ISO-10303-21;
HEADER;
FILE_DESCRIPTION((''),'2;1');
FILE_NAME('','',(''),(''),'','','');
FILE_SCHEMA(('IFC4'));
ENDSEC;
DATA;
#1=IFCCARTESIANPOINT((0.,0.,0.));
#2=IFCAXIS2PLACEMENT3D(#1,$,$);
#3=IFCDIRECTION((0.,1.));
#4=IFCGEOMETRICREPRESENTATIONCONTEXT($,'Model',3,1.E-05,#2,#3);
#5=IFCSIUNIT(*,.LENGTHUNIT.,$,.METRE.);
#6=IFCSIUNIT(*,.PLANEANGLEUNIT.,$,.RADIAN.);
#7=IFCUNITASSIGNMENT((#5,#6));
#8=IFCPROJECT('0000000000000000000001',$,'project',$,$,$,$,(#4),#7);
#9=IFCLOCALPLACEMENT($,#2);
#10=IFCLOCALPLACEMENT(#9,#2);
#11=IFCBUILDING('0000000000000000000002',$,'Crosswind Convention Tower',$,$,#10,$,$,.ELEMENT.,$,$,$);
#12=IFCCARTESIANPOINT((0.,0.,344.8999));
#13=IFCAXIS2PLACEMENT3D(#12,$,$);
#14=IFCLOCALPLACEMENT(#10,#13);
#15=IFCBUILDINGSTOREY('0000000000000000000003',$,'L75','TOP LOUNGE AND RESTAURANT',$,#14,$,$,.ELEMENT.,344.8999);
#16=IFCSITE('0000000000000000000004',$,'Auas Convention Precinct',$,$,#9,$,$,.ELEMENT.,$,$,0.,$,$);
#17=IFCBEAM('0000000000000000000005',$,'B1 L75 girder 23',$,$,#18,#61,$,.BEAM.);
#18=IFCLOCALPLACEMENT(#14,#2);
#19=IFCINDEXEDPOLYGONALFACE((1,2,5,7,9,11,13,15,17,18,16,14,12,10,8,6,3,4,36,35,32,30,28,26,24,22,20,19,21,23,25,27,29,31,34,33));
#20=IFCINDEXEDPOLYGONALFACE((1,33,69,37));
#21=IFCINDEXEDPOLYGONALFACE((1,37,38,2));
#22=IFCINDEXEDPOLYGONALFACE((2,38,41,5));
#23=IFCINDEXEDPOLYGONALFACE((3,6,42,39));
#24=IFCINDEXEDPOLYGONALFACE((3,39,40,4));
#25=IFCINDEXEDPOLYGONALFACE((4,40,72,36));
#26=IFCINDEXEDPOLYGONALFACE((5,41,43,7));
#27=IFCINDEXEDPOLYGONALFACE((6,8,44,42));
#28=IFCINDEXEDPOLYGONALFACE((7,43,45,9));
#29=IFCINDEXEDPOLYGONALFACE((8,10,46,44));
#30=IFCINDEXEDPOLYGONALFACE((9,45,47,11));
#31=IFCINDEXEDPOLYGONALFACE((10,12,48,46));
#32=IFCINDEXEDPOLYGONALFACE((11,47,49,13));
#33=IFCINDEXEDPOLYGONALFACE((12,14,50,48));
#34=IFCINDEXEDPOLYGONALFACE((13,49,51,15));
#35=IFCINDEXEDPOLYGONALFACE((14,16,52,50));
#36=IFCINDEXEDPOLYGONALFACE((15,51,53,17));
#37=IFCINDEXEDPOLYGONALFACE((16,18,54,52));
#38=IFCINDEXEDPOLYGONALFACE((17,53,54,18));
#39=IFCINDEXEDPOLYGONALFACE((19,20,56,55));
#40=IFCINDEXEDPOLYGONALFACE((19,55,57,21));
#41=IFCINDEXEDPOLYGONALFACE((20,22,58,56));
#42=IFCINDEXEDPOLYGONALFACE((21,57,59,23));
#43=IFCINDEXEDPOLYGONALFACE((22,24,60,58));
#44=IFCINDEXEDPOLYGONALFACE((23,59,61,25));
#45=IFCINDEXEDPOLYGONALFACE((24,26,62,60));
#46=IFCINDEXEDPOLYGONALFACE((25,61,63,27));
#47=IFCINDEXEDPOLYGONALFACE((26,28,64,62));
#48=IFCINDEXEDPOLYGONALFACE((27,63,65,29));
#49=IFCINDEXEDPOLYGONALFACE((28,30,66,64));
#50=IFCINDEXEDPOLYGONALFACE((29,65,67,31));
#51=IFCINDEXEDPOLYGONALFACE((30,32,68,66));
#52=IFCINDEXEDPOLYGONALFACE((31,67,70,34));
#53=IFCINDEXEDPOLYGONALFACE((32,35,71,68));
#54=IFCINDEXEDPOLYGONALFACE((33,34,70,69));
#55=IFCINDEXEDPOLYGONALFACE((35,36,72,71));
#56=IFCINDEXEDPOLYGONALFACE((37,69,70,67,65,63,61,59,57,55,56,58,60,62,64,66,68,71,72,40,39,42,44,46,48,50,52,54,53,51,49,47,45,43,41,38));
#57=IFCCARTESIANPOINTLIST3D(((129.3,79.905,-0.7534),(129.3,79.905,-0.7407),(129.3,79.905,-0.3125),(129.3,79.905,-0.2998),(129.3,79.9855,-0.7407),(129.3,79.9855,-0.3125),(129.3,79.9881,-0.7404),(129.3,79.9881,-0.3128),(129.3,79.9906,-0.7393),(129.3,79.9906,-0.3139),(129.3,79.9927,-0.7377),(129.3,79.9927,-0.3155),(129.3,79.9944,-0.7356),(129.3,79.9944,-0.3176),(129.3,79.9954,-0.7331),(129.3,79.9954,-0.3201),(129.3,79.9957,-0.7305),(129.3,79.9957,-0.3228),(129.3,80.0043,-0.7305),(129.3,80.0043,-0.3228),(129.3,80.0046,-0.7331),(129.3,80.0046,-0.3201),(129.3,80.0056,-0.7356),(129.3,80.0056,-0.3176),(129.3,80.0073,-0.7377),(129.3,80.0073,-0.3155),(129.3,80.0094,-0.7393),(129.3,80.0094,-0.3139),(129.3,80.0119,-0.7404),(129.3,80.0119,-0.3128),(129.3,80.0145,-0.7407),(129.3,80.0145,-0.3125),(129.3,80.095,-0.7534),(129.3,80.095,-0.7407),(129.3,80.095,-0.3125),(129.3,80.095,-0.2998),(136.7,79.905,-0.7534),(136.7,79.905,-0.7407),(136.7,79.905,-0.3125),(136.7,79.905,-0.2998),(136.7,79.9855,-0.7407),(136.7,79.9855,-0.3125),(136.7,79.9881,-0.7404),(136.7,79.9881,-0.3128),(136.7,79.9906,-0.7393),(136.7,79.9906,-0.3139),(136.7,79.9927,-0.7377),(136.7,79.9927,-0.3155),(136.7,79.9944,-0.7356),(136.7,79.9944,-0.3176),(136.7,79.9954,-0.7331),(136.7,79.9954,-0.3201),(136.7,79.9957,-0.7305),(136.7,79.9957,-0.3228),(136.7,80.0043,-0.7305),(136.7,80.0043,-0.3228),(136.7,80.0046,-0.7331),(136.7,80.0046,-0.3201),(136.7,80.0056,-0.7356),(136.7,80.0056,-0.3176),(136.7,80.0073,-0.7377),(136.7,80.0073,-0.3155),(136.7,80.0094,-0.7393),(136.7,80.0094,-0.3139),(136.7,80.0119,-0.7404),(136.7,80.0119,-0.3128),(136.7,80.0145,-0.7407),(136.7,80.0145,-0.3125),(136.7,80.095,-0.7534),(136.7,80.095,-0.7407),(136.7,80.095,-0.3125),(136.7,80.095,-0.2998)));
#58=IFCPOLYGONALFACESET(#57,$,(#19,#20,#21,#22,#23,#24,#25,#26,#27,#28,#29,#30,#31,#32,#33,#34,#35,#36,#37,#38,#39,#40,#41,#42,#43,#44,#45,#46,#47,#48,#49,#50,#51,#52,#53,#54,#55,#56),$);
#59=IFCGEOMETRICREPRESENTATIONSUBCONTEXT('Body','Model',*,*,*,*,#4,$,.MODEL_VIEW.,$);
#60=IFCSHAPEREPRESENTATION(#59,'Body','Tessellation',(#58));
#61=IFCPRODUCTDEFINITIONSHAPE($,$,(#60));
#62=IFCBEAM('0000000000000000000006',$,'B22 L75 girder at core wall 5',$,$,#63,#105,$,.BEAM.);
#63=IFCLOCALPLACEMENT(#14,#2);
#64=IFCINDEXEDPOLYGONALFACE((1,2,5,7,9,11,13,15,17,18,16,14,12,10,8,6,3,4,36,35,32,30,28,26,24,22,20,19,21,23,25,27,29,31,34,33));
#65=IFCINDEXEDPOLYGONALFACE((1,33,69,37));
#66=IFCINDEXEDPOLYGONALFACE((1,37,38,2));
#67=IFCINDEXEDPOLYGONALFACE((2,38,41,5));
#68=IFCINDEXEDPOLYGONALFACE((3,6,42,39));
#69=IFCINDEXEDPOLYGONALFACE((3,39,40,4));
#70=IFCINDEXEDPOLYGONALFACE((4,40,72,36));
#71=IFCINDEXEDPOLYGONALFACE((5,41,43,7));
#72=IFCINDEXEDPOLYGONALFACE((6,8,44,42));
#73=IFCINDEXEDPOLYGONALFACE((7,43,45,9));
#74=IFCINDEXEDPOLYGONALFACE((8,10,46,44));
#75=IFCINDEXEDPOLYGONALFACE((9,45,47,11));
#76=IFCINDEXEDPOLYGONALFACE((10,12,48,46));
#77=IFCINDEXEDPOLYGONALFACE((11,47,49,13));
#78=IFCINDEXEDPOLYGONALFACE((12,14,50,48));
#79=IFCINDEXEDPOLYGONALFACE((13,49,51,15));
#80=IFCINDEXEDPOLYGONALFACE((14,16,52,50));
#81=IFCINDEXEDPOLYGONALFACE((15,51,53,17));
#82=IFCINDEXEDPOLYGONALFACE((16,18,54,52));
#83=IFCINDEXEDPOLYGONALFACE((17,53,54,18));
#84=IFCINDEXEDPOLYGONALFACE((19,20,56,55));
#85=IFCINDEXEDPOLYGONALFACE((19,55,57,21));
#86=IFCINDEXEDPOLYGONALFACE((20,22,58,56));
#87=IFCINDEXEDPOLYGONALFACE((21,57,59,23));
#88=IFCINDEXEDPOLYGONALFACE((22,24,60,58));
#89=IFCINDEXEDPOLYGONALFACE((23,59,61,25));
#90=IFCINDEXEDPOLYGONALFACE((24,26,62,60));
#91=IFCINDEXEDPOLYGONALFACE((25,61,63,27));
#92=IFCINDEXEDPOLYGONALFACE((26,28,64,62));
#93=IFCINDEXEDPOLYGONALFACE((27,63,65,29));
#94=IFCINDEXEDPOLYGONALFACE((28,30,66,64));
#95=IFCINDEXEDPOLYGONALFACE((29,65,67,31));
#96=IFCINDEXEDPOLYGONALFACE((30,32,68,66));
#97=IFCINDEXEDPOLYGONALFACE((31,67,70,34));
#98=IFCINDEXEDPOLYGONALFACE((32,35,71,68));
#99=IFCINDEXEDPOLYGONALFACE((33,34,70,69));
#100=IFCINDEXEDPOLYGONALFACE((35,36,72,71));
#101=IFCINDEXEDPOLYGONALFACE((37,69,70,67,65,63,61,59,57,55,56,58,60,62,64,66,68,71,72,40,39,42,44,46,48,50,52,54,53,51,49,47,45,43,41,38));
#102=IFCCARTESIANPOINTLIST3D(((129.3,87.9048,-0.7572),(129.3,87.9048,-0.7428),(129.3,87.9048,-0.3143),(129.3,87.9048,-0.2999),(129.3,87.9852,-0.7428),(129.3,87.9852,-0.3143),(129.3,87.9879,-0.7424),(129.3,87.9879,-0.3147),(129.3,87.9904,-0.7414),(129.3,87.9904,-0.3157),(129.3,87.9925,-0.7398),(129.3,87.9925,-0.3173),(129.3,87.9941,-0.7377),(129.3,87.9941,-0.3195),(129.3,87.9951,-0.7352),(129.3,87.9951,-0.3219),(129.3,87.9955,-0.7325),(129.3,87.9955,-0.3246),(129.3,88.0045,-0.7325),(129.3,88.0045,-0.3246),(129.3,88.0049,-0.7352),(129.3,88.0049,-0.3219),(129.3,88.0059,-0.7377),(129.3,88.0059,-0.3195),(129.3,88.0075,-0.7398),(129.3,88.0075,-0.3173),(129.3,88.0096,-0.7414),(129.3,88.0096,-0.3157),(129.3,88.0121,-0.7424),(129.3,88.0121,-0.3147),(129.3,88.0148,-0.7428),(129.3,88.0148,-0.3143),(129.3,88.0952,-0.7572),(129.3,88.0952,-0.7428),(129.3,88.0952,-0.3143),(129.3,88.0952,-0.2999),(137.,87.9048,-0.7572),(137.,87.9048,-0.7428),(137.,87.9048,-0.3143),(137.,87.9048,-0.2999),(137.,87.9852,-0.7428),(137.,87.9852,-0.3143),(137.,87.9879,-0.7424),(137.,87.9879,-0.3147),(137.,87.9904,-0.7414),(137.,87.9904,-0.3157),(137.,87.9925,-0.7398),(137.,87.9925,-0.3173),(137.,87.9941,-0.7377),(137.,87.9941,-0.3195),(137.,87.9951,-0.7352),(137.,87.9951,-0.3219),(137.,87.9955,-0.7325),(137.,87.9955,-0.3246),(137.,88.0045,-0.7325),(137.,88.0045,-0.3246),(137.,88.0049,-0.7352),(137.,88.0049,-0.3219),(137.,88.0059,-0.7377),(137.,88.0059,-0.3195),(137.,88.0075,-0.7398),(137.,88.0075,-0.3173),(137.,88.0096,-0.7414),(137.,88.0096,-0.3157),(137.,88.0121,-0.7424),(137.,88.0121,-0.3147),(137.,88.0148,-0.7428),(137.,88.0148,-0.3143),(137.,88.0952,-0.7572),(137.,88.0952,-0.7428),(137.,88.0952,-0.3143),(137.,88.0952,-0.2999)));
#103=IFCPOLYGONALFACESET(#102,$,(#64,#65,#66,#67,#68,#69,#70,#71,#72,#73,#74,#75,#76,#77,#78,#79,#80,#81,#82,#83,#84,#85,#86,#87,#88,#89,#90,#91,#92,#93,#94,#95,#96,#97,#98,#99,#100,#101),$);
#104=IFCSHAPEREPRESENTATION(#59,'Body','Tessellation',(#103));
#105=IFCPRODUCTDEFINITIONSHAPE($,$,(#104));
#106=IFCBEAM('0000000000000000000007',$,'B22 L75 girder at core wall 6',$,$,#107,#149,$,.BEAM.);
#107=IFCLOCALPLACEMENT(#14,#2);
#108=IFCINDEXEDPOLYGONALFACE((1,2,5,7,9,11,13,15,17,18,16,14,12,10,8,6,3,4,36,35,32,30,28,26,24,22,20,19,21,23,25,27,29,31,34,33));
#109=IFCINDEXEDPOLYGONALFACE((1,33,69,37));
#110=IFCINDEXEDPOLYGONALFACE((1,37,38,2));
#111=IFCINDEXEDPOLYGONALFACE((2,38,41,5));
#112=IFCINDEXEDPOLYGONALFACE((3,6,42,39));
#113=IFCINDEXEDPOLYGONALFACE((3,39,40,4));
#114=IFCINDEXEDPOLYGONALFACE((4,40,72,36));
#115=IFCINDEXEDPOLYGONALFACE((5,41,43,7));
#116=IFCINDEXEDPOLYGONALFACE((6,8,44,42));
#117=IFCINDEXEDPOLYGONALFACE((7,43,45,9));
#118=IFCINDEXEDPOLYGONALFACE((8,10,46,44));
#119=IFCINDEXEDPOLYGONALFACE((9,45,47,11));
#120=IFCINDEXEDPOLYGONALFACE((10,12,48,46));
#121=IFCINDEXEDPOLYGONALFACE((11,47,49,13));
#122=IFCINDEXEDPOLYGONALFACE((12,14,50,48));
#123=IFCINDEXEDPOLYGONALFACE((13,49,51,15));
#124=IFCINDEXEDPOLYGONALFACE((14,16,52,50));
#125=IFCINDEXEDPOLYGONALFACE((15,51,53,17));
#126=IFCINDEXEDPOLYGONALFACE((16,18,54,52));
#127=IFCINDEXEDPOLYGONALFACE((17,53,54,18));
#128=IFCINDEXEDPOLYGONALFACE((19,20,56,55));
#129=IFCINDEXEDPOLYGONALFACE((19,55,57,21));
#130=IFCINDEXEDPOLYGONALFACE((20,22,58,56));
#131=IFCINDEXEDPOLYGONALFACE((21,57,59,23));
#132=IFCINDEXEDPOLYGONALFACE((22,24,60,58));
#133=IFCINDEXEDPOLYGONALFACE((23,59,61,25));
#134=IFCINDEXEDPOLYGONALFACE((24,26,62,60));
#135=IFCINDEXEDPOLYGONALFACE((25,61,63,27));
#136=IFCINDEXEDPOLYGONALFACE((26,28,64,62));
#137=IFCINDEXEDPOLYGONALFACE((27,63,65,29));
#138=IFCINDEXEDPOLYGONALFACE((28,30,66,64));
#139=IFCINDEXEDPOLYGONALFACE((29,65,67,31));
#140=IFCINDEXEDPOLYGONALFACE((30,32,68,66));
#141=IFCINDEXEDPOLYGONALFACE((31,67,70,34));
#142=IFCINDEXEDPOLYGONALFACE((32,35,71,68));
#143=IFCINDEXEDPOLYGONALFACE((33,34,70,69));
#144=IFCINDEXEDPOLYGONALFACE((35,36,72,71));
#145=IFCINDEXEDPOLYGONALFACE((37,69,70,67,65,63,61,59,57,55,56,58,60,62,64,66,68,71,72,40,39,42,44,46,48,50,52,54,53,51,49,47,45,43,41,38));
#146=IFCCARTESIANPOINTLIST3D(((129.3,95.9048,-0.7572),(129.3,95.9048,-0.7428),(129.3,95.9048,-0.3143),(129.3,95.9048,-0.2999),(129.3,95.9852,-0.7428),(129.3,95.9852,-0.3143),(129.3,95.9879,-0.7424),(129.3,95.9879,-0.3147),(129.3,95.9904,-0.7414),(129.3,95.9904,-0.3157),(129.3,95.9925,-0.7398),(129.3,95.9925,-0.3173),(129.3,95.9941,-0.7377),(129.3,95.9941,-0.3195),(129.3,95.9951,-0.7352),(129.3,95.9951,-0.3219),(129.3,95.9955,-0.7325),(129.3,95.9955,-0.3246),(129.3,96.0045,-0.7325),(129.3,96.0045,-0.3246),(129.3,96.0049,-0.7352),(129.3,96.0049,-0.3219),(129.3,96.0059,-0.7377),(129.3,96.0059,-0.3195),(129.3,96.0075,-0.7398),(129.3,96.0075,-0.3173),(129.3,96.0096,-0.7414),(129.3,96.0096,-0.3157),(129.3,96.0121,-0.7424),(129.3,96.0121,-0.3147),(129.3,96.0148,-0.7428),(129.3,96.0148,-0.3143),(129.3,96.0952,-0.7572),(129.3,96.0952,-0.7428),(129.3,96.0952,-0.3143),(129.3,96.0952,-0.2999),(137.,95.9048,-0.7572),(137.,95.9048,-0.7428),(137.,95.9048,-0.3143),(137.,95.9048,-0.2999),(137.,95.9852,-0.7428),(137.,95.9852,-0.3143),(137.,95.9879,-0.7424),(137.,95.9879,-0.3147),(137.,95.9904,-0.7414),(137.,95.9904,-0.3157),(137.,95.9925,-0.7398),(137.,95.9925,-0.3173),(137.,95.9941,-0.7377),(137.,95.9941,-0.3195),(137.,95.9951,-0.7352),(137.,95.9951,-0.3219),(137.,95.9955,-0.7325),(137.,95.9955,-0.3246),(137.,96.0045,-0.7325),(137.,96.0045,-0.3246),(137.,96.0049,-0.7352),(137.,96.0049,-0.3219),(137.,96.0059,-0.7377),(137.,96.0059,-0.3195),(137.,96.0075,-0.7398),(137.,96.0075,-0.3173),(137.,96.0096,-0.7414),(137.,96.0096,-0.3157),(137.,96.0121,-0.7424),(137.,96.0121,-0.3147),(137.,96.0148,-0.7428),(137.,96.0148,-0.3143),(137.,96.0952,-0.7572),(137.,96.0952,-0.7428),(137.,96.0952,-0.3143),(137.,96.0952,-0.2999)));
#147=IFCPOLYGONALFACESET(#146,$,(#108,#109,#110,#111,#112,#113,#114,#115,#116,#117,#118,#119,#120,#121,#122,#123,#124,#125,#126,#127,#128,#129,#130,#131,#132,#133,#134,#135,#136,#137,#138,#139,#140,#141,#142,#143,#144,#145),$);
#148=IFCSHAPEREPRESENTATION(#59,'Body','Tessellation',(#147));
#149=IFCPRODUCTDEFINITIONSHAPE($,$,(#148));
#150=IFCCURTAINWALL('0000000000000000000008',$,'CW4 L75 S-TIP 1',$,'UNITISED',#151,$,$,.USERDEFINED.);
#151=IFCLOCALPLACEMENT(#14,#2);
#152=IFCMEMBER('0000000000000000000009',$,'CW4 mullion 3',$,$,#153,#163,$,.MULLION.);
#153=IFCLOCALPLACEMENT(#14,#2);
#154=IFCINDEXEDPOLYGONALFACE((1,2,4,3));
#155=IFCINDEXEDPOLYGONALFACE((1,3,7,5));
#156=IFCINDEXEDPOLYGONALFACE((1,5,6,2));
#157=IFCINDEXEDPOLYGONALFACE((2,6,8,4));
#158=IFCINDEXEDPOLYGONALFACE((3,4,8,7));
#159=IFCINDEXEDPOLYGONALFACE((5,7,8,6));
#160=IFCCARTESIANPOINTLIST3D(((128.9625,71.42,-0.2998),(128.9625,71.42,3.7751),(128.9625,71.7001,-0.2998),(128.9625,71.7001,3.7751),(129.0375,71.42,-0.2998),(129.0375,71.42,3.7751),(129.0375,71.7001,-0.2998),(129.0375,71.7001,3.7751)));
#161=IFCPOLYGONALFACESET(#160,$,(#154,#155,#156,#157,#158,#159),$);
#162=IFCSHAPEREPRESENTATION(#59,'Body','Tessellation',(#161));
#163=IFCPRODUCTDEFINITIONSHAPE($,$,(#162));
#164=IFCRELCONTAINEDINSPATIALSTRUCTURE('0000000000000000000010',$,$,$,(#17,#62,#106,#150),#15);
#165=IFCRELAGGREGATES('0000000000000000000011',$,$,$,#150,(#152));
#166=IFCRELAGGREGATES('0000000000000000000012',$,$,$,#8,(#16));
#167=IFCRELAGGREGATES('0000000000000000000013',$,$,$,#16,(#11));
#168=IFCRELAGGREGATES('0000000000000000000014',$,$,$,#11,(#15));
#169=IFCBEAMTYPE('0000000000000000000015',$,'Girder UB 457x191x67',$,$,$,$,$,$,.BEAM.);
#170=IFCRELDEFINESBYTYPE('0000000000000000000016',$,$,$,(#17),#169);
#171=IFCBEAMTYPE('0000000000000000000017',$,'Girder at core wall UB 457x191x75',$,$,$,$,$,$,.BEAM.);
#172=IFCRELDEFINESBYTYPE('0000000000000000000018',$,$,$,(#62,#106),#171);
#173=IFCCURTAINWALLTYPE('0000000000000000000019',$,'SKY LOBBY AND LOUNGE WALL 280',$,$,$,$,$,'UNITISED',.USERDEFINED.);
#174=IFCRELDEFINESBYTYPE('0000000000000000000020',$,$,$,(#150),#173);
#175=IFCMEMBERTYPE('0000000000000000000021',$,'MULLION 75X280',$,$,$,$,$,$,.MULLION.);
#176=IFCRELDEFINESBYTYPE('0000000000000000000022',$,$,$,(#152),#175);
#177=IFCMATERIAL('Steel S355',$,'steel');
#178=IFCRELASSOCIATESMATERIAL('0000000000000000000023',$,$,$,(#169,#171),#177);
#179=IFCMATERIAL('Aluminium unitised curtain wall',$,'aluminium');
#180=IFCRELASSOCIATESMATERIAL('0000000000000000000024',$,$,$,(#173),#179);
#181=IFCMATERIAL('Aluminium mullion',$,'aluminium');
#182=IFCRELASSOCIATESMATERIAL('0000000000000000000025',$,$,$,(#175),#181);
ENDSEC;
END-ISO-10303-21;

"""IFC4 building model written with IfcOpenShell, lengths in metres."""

from ifc_helpers import new_model, si_unit, direction, frame, origin, origin_2d, place, context, subcontext, project, spatial, rectangle, i_section, extrude, material, material_profile, profile_set, type_object, element, aggregate, save


model = new_model("IFC4")

# Units and contexts
model_context = context("Model", 3, precision=1e-05, world=origin(), true_north=direction((0.0, 1.0)))
body_context = subcontext(model_context, "Body", "Model", "MODEL_VIEW")
ifc_project = project(units=[si_unit("LENGTHUNIT", "METRE"), si_unit("PLANEANGLEUNIT", "RADIAN")], contexts=[model_context])

# Site, building, storey
site_placement = place(None, origin())
site = spatial("IfcSite", under=ifc_project, at=site_placement, Name="Auas Convention Precinct", CompositionType="ELEMENT", RefElevation=0.0)
building_placement = place(site_placement, origin())
building = spatial("IfcBuilding", under=site, at=building_placement, Name="Crosswind Convention Tower", CompositionType="ELEMENT")
storey_placement = place(building_placement, frame((0.0, 0.0, 344.8999)))
storey = spatial("IfcBuildingStorey", under=building, at=storey_placement, Name="L75", Description="TOP LOUNGE AND RESTAURANT", CompositionType="ELEMENT", Elevation=344.8999)

# Beams
ifc_material_1 = material(Name="Steel S355", Category="steel")
ifc_material_profile_1 = material_profile(ifc_material_1, i_section(OverallWidth=0.1899, OverallDepth=0.4536, WebThickness=0.0085, FlangeThickness=0.0127, FilletRadius=0.0103, at=origin_2d()), Name="UB 457x191x67")
ifc_profile_set_1 = profile_set([ifc_material_profile_1], Name="Steel S355")
beam_type_1 = type_object("IfcBeamType", Name="Girder UB 457x191x67", PredefinedType="BEAM", material=ifc_profile_set_1)
for number, where, z_axis, x_axis, name in (
    (1, (129.3, 80.0, -0.5266), (1.0, 0.0, 0.0), (0.0, 1.0, 0.0), "B1 L75 girder 23"),
):
    element("IfcBeam", number, at=place(storey_placement, frame(where, z_axis=z_axis, x_axis=x_axis)), inside=storey, type_object=beam_type_1, Name=name, PredefinedType="BEAM", context=body_context, shape_type="SweptSolid", body=[
        extrude(i_section(OverallWidth=0.1899, OverallDepth=0.4536, WebThickness=0.0085, FlangeThickness=0.0127, FilletRadius=0.0103, at=origin_2d()), origin(), (0.0, 0.0, 1.0), 7.3999),
    ])
ifc_material_profile_2 = material_profile(ifc_material_1, i_section(OverallWidth=0.1904, OverallDepth=0.4573, WebThickness=0.009, FlangeThickness=0.0144, FilletRadius=0.0103, at=origin_2d()), Name="UB 457x191x75")
ifc_profile_set_2 = profile_set([ifc_material_profile_2], Name="Steel S355")
beam_type_2 = type_object("IfcBeamType", Name="Girder at core wall UB 457x191x75", PredefinedType="BEAM", material=ifc_profile_set_2)
for number, where, z_axis, x_axis, name in (
    (2, (129.3, 88.0, -0.5286), (1.0, 0.0, 0.0), (0.0, 1.0, 0.0), "B22 L75 girder at core wall 5"),
    (3, (129.3, 96.0, -0.5286), (1.0, 0.0, 0.0), (0.0, 1.0, 0.0), "B22 L75 girder at core wall 6"),
):
    element("IfcBeam", number, at=place(storey_placement, frame(where, z_axis=z_axis, x_axis=x_axis)), inside=storey, type_object=beam_type_2, Name=name, PredefinedType="BEAM", context=body_context, shape_type="SweptSolid", body=[
        extrude(i_section(OverallWidth=0.1904, OverallDepth=0.4573, WebThickness=0.009, FlangeThickness=0.0144, FilletRadius=0.0103, at=origin_2d()), origin(), (0.0, 0.0, 1.0), 7.7),
    ])

# Curtain wall, member
ifc_material_2 = material(Name="Aluminium unitised curtain wall", Category="aluminium")
curtain_wall_type = type_object("IfcCurtainWallType", Name="SKY LOBBY AND LOUNGE WALL 280", ElementType="UNITISED", PredefinedType="USERDEFINED", material=ifc_material_2)
curtain_wall_placement = place(storey_placement, origin())
curtain_wall = element("IfcCurtainWall", 4, at=curtain_wall_placement, inside=storey, type_object=curtain_wall_type, Name="CW4 L75 S-TIP 1", ObjectType="UNITISED", PredefinedType="USERDEFINED")
ifc_material_3 = material(Name="Aluminium mullion", Category="aluminium")
ifc_material_profile_3 = material_profile(ifc_material_3, rectangle(XDim=0.28, YDim=0.075, at=origin_2d()), Name="AL 280X75")
ifc_profile_set_3 = profile_set([ifc_material_profile_3], Name="Aluminium mullion")
member_type = type_object("IfcMemberType", Name="MULLION 75X280", PredefinedType="MULLION", material=ifc_profile_set_3)
member_placement = place(storey_placement, frame((129.0, 71.5601, -0.2998), z_axis=(0.0, 0.0, 1.0), x_axis=(0.0, -1.0, 0.0)))
member = element("IfcMember", 5, at=member_placement, type_object=member_type, Name="CW4 mullion 3", PredefinedType="MULLION", context=body_context, shape_type="SweptSolid", body=[
    extrude(rectangle(XDim=0.28, YDim=0.075, at=origin_2d()), origin(), (0.0, 0.0, 1.0), 4.075),
])

aggregate(curtain_wall, [member])

save(model, "model.ifc")
